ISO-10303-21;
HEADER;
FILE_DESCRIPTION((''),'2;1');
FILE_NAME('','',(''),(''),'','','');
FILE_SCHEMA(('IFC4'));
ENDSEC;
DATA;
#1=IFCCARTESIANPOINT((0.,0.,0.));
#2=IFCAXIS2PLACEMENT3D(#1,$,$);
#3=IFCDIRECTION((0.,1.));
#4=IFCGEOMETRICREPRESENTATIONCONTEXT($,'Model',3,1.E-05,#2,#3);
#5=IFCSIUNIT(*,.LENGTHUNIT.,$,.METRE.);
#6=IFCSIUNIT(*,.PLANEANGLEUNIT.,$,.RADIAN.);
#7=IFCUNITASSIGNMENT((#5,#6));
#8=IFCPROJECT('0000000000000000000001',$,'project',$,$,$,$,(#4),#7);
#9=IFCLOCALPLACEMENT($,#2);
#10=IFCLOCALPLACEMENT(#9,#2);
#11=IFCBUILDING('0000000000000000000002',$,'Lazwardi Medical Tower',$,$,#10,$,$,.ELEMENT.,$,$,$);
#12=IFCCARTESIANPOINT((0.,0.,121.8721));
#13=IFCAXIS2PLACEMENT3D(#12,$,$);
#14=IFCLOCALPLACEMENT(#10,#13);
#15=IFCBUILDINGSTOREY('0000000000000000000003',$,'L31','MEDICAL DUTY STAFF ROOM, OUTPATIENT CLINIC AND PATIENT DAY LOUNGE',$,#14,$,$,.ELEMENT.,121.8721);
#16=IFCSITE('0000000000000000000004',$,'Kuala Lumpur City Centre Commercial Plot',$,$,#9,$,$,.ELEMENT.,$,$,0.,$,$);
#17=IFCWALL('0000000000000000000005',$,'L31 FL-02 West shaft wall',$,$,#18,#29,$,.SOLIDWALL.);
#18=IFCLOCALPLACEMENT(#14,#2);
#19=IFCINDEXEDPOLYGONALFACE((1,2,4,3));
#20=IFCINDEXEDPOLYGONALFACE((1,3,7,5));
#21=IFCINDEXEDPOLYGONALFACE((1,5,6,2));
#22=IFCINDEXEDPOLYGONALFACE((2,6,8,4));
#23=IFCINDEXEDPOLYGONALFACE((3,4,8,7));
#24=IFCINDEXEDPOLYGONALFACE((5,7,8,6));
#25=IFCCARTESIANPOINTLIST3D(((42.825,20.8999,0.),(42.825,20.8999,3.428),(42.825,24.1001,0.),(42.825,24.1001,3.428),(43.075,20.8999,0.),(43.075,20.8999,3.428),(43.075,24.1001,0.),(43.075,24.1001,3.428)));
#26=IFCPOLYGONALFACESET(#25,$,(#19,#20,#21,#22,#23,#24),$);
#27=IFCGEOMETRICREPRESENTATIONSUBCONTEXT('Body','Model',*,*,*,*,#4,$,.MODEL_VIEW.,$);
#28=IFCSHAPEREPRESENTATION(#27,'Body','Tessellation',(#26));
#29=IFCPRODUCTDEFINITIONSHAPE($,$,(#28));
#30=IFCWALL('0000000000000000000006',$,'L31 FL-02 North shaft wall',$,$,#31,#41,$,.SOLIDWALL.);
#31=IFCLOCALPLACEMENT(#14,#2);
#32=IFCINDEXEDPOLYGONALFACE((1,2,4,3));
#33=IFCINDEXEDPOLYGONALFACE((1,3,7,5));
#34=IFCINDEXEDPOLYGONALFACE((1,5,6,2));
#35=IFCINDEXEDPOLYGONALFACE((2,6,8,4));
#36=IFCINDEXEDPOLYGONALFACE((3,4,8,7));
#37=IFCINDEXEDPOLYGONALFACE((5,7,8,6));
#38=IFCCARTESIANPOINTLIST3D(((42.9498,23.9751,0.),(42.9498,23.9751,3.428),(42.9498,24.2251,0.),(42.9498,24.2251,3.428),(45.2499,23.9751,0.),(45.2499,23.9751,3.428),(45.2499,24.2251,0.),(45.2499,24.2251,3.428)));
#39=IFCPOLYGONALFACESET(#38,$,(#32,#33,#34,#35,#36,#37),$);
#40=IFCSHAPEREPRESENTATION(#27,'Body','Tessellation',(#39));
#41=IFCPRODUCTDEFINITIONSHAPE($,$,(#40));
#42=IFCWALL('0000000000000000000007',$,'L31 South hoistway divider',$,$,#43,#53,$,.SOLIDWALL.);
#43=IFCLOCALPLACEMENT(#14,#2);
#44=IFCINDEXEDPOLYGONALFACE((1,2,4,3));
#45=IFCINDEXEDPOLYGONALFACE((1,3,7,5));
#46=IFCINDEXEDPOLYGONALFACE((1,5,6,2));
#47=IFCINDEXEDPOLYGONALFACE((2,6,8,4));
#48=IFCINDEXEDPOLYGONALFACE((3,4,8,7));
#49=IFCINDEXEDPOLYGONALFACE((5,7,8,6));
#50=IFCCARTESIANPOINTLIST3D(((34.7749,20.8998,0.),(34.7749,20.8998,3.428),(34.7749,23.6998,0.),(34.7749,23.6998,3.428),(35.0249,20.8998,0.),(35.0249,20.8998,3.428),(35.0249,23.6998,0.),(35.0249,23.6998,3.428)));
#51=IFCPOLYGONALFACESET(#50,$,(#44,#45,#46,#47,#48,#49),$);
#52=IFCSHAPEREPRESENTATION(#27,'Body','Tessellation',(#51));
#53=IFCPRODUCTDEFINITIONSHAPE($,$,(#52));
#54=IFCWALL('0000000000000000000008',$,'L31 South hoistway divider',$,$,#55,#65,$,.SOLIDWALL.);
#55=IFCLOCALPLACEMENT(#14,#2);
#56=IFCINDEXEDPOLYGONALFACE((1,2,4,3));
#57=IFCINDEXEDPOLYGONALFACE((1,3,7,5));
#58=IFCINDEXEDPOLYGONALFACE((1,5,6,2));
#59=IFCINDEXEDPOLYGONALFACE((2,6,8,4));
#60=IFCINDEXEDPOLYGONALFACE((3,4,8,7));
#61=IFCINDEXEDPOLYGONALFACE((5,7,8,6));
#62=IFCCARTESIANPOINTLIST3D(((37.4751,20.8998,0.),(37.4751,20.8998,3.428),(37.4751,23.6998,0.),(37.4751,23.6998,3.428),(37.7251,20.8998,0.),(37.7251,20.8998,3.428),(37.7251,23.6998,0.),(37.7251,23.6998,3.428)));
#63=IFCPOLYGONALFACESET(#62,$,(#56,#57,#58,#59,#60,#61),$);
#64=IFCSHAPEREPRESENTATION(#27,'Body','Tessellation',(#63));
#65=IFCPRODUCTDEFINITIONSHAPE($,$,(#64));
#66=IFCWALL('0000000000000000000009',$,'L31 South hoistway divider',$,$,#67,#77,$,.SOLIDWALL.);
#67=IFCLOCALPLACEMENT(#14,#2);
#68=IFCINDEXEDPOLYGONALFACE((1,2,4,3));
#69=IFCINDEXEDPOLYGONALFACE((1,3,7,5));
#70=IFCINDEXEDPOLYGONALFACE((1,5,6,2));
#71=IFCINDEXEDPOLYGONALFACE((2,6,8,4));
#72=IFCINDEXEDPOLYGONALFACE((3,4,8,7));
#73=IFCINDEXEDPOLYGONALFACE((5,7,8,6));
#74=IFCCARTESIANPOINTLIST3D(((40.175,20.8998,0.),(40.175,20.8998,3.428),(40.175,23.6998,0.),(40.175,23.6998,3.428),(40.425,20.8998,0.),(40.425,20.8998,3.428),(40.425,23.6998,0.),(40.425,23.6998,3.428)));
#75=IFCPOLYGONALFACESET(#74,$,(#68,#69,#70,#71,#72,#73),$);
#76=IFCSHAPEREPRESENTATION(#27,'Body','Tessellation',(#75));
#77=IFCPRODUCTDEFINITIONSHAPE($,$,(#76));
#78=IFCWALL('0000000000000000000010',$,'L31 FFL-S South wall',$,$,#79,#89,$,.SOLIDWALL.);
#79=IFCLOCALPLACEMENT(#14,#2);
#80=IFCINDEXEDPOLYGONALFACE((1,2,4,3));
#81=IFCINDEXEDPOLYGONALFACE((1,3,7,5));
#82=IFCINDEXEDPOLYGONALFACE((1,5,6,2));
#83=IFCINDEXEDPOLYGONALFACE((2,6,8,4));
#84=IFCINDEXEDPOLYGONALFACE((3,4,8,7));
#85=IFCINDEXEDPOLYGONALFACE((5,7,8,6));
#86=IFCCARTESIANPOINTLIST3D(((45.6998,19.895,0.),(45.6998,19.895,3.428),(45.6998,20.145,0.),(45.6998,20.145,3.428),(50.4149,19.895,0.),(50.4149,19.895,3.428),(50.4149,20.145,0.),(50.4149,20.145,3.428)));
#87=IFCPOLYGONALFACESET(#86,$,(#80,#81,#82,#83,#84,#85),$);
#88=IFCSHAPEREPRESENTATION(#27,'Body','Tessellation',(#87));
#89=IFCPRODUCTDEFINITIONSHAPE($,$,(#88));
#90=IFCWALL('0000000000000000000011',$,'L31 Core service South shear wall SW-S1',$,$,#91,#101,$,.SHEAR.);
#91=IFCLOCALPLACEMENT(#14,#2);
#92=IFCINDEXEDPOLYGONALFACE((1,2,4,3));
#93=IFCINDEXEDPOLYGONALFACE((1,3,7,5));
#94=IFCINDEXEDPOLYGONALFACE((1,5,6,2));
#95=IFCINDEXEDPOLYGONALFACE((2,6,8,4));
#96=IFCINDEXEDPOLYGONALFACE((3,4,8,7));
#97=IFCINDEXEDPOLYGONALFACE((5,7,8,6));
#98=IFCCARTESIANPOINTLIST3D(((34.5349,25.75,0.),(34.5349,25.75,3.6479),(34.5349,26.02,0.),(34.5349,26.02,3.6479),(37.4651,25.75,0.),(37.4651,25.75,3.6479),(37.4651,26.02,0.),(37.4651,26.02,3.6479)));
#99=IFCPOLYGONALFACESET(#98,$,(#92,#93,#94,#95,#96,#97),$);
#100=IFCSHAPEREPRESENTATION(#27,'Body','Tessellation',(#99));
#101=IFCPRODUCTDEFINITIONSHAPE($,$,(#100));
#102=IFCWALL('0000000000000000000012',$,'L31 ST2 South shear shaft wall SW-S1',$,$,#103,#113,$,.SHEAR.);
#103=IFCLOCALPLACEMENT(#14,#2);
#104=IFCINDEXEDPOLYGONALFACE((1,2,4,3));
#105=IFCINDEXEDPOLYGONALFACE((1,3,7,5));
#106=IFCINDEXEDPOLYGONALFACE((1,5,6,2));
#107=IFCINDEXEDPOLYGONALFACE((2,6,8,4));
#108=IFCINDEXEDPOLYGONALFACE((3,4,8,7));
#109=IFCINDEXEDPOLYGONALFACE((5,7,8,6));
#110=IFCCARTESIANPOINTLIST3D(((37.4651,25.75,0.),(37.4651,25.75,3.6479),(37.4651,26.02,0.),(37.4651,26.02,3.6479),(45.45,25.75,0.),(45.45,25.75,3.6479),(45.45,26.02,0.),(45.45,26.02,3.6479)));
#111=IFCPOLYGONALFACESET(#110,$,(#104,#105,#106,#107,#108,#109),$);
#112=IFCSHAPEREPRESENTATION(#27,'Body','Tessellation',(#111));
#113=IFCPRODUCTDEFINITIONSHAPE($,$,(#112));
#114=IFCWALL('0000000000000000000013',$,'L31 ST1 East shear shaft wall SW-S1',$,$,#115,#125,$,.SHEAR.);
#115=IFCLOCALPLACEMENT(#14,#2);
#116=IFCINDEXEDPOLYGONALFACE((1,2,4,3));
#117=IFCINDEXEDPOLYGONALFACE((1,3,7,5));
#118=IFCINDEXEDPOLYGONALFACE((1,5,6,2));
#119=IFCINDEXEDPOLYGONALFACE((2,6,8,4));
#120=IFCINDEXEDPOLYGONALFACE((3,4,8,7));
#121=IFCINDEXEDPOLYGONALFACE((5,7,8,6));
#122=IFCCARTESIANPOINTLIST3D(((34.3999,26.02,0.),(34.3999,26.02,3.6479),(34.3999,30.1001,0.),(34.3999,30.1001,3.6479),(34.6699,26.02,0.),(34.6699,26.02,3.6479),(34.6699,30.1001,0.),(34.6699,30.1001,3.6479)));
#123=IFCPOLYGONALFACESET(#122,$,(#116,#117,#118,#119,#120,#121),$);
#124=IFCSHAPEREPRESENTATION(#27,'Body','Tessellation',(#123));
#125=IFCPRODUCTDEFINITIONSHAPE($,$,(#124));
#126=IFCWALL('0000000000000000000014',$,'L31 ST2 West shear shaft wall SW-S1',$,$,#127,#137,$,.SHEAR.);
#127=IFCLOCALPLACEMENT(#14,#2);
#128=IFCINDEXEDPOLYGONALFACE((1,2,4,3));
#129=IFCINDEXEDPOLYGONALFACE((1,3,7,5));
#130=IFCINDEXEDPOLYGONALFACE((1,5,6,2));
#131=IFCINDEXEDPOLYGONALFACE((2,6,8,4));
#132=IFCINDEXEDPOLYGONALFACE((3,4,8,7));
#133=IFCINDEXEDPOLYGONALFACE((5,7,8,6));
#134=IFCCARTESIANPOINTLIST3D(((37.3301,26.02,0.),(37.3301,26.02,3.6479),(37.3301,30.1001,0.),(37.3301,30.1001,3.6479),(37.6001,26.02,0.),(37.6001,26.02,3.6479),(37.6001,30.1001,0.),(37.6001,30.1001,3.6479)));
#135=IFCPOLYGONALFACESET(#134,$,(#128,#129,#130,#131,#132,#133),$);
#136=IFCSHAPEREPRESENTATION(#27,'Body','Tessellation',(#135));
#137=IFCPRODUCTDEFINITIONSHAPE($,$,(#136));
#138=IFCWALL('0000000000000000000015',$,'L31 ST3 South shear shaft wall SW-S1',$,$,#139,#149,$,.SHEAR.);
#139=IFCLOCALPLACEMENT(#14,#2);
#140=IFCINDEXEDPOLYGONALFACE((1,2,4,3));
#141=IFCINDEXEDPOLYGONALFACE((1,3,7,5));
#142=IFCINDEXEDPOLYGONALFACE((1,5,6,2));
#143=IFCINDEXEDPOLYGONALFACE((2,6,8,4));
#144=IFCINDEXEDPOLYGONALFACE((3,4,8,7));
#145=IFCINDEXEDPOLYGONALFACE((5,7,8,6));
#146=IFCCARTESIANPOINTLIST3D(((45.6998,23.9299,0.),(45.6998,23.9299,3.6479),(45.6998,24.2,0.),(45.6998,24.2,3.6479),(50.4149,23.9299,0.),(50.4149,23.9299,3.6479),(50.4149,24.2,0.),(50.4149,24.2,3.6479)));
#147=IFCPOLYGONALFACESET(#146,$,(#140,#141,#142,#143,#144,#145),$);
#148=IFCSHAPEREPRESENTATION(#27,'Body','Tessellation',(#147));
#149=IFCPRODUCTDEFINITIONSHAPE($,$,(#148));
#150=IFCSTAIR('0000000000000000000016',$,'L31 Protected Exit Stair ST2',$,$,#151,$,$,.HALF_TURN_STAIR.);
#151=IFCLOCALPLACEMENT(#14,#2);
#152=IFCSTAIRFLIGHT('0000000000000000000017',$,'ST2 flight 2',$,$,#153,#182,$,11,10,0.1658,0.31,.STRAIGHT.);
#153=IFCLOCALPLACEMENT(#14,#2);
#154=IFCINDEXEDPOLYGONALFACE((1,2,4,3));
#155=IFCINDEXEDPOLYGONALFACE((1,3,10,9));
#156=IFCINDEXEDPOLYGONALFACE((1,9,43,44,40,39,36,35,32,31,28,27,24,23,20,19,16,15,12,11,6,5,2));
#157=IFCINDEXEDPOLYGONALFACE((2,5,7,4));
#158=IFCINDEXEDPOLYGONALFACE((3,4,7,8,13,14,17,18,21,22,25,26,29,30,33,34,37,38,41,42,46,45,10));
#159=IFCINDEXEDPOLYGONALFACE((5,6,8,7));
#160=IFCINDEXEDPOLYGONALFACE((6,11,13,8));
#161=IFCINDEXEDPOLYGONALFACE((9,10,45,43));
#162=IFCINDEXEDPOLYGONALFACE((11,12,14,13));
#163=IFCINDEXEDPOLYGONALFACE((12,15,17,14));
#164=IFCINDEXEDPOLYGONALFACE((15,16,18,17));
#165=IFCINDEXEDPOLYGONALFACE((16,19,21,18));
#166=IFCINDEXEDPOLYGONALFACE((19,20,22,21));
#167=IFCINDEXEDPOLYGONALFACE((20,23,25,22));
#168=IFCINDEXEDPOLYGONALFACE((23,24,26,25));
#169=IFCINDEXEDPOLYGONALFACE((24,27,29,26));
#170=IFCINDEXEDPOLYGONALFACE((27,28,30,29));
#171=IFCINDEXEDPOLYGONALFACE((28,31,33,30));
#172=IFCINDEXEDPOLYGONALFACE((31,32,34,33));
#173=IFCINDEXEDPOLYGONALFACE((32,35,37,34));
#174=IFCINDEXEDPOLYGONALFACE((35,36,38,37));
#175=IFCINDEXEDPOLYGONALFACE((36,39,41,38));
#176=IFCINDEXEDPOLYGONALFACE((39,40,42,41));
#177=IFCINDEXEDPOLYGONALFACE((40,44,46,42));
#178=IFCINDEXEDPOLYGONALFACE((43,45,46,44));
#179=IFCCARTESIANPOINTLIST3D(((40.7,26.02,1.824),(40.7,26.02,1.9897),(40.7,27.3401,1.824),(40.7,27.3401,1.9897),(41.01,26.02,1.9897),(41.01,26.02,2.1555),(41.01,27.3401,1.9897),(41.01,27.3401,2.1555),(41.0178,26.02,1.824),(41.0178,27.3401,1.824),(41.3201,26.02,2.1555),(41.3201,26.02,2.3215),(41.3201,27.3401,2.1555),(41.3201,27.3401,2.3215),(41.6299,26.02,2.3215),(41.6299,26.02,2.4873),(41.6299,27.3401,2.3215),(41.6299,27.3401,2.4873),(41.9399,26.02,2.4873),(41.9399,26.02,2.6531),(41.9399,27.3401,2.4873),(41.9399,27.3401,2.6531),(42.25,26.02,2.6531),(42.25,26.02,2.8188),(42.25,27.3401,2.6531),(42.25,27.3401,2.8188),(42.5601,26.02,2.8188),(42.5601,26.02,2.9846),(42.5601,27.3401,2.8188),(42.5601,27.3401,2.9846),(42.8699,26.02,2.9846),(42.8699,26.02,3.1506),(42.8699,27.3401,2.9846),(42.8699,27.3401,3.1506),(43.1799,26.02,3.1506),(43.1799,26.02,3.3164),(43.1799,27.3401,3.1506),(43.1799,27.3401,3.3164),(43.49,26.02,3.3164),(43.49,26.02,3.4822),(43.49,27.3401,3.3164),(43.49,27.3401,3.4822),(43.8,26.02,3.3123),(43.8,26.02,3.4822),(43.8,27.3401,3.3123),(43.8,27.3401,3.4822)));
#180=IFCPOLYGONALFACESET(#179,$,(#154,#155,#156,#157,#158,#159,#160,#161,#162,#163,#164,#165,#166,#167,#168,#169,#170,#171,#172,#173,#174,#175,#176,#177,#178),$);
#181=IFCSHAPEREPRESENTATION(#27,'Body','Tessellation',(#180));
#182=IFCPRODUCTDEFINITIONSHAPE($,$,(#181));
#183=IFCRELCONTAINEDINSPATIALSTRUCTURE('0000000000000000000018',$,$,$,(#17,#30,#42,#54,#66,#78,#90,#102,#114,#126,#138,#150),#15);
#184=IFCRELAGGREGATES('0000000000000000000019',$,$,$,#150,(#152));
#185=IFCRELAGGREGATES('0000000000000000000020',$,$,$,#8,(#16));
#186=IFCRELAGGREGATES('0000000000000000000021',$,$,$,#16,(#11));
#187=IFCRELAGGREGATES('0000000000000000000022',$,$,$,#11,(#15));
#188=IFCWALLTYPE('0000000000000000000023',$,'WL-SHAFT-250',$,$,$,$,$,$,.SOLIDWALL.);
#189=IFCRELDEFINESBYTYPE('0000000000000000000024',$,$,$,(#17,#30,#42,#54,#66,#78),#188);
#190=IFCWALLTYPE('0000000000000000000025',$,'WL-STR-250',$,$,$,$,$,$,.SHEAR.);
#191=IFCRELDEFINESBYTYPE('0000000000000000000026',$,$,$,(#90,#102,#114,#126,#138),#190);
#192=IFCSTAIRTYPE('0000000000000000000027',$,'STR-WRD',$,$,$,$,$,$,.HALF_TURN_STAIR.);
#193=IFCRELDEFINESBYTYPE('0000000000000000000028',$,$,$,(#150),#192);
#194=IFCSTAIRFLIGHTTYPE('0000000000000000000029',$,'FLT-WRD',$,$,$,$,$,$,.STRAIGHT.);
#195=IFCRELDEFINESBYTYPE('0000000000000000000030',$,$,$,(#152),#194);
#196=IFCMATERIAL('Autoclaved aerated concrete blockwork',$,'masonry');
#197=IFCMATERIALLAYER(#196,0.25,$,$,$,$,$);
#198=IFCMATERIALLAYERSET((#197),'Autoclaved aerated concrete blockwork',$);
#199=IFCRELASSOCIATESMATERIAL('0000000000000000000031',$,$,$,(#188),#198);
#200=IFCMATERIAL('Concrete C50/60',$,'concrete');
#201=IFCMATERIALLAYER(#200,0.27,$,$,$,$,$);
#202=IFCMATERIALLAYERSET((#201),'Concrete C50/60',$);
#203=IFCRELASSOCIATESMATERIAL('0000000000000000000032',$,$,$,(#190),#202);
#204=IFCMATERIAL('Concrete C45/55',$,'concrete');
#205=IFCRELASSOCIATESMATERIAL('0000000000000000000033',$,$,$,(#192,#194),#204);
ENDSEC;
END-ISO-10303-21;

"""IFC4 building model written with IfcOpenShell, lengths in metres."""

from ifc_helpers import new_model, si_unit, direction, frame, frame_2d, origin, place, context, subcontext, project, spatial, polyline, rectangle, outline, extrude, material, layer, layer_set, type_object, element, aggregate, save


model = new_model("IFC4")

# Units and contexts
model_context = context("Model", 3, precision=1e-05, world=origin(), true_north=direction((0.0, 1.0)))
body_context = subcontext(model_context, "Body", "Model", "MODEL_VIEW")
ifc_project = project(units=[si_unit("LENGTHUNIT", "METRE"), si_unit("PLANEANGLEUNIT", "RADIAN")], contexts=[model_context])

# Site, building, storey
site_placement = place(None, origin())
site = spatial("IfcSite", under=ifc_project, at=site_placement, Name="Kuala Lumpur City Centre Commercial Plot", CompositionType="ELEMENT", RefElevation=0.0)
building_placement = place(site_placement, origin())
building = spatial("IfcBuilding", under=site, at=building_placement, Name="Lazwardi Medical Tower", CompositionType="ELEMENT")
storey_placement = place(building_placement, frame((0.0, 0.0, 121.8721)))
storey = spatial("IfcBuildingStorey", under=building, at=storey_placement, Name="L31", Description="MEDICAL DUTY STAFF ROOM, OUTPATIENT CLINIC AND PATIENT DAY LOUNGE", CompositionType="ELEMENT", Elevation=121.8721)

# Walls
ifc_material_1 = material(Name="Autoclaved aerated concrete blockwork", Category="masonry")
ifc_layer_1 = layer(ifc_material_1, 0.25)
ifc_layer_set_1 = layer_set([ifc_layer_1], Name="Autoclaved aerated concrete blockwork")
wall_type_1 = type_object("IfcWallType", Name="WL-SHAFT-250", PredefinedType="SOLIDWALL", material=ifc_layer_set_1)
wall_1_placement = place(storey_placement, frame((42.95, 20.8999, 0.0), z_axis=(0.0, 0.0, 1.0), x_axis=(0.0, 1.0, 0.0)))
element("IfcWall", 1, at=wall_1_placement, inside=storey, type_object=wall_type_1, Name="L31 FL-02 West shaft wall", PredefinedType="SOLIDWALL", context=body_context, shape_type="SweptSolid", body=[
    extrude(rectangle(XDim=3.2002, YDim=0.25, at=frame_2d((1.6001, 0.0))), origin(), (0.0, 0.0, 1.0), 3.428),
])
wall_2_placement = place(storey_placement, frame((42.95, 24.1001, 0.0), z_axis=(0.0, 0.0, 1.0), x_axis=(1.0, 0.0, 0.0)))
element("IfcWall", 2, at=wall_2_placement, inside=storey, type_object=wall_type_1, Name="L31 FL-02 North shaft wall", PredefinedType="SOLIDWALL", context=body_context, shape_type="SweptSolid", body=[
    extrude(rectangle(XDim=2.3, YDim=0.25, at=frame_2d((1.1499, 0.0))), origin(), (0.0, 0.0, 1.0), 3.428),
])
for number, where, z_axis, x_axis, name in (
    (3, (34.8999, 20.8999, 0.0), (0.0, 0.0, 1.0), (0.0, 1.0, 0.0), "L31 South hoistway divider"),
    (4, (37.6001, 20.8999, 0.0), (0.0, 0.0, 1.0), (0.0, 1.0, 0.0), "L31 South hoistway divider"),
    (5, (40.3, 20.8999, 0.0), (0.0, 0.0, 1.0), (0.0, 1.0, 0.0), "L31 South hoistway divider"),
):
    element("IfcWall", number, at=place(storey_placement, frame(where, z_axis=z_axis, x_axis=x_axis)), inside=storey, type_object=wall_type_1, Name=name, PredefinedType="SOLIDWALL", context=body_context, shape_type="SweptSolid", body=[
        extrude(rectangle(XDim=2.8, YDim=0.25, at=frame_2d((1.3999, 0.0))), origin(), (0.0, 0.0, 1.0), 3.428),
    ])
wall_3_placement = place(storey_placement, frame((45.7, 20.02, 0.0), z_axis=(0.0, 0.0, 1.0), x_axis=(1.0, 0.0, 0.0)))
element("IfcWall", 6, at=wall_3_placement, inside=storey, type_object=wall_type_1, Name="L31 FFL-S South wall", PredefinedType="SOLIDWALL", context=body_context, shape_type="SweptSolid", body=[
    extrude(rectangle(XDim=4.7151, YDim=0.25, at=frame_2d((2.3574, 0.0))), origin(), (0.0, 0.0, 1.0), 3.428),
])
ifc_material_2 = material(Name="Concrete C50/60", Category="concrete")
ifc_layer_2 = layer(ifc_material_2, 0.27)
ifc_layer_set_2 = layer_set([ifc_layer_2], Name="Concrete C50/60")
wall_type_2 = type_object("IfcWallType", Name="WL-STR-250", PredefinedType="SHEAR", material=ifc_layer_set_2)
wall_4_placement = place(storey_placement, frame((34.5349, 25.885, 0.0), z_axis=(0.0, 0.0, 1.0), x_axis=(1.0, 0.0, 0.0)))
element("IfcWall", 7, at=wall_4_placement, inside=storey, type_object=wall_type_2, Name="L31 Core service South shear wall SW-S1", PredefinedType="SHEAR", context=body_context, shape_type="SweptSolid", body=[
    extrude(rectangle(XDim=2.9302, YDim=0.27, at=frame_2d((1.4651, 0.0))), origin(), (0.0, 0.0, 1.0), 3.6479),
])
wall_5_placement = place(storey_placement, frame((37.4651, 25.885, 0.0), z_axis=(0.0, 0.0, 1.0), x_axis=(1.0, 0.0, 0.0)))
element("IfcWall", 8, at=wall_5_placement, inside=storey, type_object=wall_type_2, Name="L31 ST2 South shear shaft wall SW-S1", PredefinedType="SHEAR", context=body_context, shape_type="SweptSolid", body=[
    extrude(rectangle(XDim=7.9849, YDim=0.27, at=frame_2d((3.9924, 0.0))), origin(), (0.0, 0.0, 1.0), 3.6479),
])
for number, where, z_axis, x_axis, name in (
    (9, (34.5349, 26.02, 0.0), (0.0, 0.0, 1.0), (0.0, 1.0, 0.0), "L31 ST1 East shear shaft wall SW-S1"),
    (10, (37.4651, 26.02, 0.0), (0.0, 0.0, 1.0), (0.0, 1.0, 0.0), "L31 ST2 West shear shaft wall SW-S1"),
):
    element("IfcWall", number, at=place(storey_placement, frame(where, z_axis=z_axis, x_axis=x_axis)), inside=storey, type_object=wall_type_2, Name=name, PredefinedType="SHEAR", context=body_context, shape_type="SweptSolid", body=[
        extrude(rectangle(XDim=4.0801, YDim=0.27, at=frame_2d((2.04, 0.0))), origin(), (0.0, 0.0, 1.0), 3.6479),
    ])
wall_6_placement = place(storey_placement, frame((45.7, 24.0649, 0.0), z_axis=(0.0, 0.0, 1.0), x_axis=(1.0, 0.0, 0.0)))
element("IfcWall", 11, at=wall_6_placement, inside=storey, type_object=wall_type_2, Name="L31 ST3 South shear shaft wall SW-S1", PredefinedType="SHEAR", context=body_context, shape_type="SweptSolid", body=[
    extrude(rectangle(XDim=4.7151, YDim=0.27, at=frame_2d((2.3574, 0.0))), origin(), (0.0, 0.0, 1.0), 3.6479),
])

# Stair, stair flight
ifc_material_3 = material(Name="Concrete C45/55", Category="concrete")
stair_type = type_object("IfcStairType", Name="STR-WRD", PredefinedType="HALF_TURN_STAIR", material=ifc_material_3)
stair_placement = place(storey_placement, origin())
stair = element("IfcStair", 12, at=stair_placement, inside=storey, type_object=stair_type, Name="L31 Protected Exit Stair ST2", PredefinedType="HALF_TURN_STAIR")
stair_flight_type = type_object("IfcStairFlightType", Name="FLT-WRD", PredefinedType="STRAIGHT", material=ifc_material_3)
stair_flight_placement = place(storey_placement, frame((40.7, 26.6799, 1.824), z_axis=(0.0, 0.0, 1.0), x_axis=(1.0, 0.0, 0.0)))
stair_flight = element("IfcStairFlight", 13, at=stair_flight_placement, type_object=stair_flight_type, Name="ST2 flight 2", NumberOfRisers=11, NumberOfTreads=10, PredefinedType="STRAIGHT", RiserHeight=0.1658, TreadLength=0.31, context=body_context, shape_type="SweptSolid", body=[
    extrude(outline(polyline([(0.0, 0.0), (0.0, 0.1658), (0.3101, 0.1658), (0.3101, 0.3315), (0.6201, 0.3315), (0.6201, 0.4976), (0.9299, 0.4976), (0.9299, 0.6633), (1.24, 0.6633), (1.24, 0.8291), (1.55, 0.8291), (1.55, 0.9949), (1.8601, 0.9949), (1.8601, 1.1606), (2.1699, 1.1606), (2.1699, 1.3267), (2.48, 1.3267), (2.48, 1.4924), (2.79, 1.4924), (2.79, 1.6582), (3.1001, 1.6582), (3.1001, 1.824), (3.1001, 1.4883), (0.3179, 0.0), (0.0, 0.0)])), frame((0.0, 0.6602, 0.0), z_axis=(0.0, -1.0, 0.0), x_axis=(1.0, 0.0, 0.0)), (0.0, 0.0, 1.0), 1.3201),
])
aggregate(stair, [stair_flight])

save(model, "model.ifc")
